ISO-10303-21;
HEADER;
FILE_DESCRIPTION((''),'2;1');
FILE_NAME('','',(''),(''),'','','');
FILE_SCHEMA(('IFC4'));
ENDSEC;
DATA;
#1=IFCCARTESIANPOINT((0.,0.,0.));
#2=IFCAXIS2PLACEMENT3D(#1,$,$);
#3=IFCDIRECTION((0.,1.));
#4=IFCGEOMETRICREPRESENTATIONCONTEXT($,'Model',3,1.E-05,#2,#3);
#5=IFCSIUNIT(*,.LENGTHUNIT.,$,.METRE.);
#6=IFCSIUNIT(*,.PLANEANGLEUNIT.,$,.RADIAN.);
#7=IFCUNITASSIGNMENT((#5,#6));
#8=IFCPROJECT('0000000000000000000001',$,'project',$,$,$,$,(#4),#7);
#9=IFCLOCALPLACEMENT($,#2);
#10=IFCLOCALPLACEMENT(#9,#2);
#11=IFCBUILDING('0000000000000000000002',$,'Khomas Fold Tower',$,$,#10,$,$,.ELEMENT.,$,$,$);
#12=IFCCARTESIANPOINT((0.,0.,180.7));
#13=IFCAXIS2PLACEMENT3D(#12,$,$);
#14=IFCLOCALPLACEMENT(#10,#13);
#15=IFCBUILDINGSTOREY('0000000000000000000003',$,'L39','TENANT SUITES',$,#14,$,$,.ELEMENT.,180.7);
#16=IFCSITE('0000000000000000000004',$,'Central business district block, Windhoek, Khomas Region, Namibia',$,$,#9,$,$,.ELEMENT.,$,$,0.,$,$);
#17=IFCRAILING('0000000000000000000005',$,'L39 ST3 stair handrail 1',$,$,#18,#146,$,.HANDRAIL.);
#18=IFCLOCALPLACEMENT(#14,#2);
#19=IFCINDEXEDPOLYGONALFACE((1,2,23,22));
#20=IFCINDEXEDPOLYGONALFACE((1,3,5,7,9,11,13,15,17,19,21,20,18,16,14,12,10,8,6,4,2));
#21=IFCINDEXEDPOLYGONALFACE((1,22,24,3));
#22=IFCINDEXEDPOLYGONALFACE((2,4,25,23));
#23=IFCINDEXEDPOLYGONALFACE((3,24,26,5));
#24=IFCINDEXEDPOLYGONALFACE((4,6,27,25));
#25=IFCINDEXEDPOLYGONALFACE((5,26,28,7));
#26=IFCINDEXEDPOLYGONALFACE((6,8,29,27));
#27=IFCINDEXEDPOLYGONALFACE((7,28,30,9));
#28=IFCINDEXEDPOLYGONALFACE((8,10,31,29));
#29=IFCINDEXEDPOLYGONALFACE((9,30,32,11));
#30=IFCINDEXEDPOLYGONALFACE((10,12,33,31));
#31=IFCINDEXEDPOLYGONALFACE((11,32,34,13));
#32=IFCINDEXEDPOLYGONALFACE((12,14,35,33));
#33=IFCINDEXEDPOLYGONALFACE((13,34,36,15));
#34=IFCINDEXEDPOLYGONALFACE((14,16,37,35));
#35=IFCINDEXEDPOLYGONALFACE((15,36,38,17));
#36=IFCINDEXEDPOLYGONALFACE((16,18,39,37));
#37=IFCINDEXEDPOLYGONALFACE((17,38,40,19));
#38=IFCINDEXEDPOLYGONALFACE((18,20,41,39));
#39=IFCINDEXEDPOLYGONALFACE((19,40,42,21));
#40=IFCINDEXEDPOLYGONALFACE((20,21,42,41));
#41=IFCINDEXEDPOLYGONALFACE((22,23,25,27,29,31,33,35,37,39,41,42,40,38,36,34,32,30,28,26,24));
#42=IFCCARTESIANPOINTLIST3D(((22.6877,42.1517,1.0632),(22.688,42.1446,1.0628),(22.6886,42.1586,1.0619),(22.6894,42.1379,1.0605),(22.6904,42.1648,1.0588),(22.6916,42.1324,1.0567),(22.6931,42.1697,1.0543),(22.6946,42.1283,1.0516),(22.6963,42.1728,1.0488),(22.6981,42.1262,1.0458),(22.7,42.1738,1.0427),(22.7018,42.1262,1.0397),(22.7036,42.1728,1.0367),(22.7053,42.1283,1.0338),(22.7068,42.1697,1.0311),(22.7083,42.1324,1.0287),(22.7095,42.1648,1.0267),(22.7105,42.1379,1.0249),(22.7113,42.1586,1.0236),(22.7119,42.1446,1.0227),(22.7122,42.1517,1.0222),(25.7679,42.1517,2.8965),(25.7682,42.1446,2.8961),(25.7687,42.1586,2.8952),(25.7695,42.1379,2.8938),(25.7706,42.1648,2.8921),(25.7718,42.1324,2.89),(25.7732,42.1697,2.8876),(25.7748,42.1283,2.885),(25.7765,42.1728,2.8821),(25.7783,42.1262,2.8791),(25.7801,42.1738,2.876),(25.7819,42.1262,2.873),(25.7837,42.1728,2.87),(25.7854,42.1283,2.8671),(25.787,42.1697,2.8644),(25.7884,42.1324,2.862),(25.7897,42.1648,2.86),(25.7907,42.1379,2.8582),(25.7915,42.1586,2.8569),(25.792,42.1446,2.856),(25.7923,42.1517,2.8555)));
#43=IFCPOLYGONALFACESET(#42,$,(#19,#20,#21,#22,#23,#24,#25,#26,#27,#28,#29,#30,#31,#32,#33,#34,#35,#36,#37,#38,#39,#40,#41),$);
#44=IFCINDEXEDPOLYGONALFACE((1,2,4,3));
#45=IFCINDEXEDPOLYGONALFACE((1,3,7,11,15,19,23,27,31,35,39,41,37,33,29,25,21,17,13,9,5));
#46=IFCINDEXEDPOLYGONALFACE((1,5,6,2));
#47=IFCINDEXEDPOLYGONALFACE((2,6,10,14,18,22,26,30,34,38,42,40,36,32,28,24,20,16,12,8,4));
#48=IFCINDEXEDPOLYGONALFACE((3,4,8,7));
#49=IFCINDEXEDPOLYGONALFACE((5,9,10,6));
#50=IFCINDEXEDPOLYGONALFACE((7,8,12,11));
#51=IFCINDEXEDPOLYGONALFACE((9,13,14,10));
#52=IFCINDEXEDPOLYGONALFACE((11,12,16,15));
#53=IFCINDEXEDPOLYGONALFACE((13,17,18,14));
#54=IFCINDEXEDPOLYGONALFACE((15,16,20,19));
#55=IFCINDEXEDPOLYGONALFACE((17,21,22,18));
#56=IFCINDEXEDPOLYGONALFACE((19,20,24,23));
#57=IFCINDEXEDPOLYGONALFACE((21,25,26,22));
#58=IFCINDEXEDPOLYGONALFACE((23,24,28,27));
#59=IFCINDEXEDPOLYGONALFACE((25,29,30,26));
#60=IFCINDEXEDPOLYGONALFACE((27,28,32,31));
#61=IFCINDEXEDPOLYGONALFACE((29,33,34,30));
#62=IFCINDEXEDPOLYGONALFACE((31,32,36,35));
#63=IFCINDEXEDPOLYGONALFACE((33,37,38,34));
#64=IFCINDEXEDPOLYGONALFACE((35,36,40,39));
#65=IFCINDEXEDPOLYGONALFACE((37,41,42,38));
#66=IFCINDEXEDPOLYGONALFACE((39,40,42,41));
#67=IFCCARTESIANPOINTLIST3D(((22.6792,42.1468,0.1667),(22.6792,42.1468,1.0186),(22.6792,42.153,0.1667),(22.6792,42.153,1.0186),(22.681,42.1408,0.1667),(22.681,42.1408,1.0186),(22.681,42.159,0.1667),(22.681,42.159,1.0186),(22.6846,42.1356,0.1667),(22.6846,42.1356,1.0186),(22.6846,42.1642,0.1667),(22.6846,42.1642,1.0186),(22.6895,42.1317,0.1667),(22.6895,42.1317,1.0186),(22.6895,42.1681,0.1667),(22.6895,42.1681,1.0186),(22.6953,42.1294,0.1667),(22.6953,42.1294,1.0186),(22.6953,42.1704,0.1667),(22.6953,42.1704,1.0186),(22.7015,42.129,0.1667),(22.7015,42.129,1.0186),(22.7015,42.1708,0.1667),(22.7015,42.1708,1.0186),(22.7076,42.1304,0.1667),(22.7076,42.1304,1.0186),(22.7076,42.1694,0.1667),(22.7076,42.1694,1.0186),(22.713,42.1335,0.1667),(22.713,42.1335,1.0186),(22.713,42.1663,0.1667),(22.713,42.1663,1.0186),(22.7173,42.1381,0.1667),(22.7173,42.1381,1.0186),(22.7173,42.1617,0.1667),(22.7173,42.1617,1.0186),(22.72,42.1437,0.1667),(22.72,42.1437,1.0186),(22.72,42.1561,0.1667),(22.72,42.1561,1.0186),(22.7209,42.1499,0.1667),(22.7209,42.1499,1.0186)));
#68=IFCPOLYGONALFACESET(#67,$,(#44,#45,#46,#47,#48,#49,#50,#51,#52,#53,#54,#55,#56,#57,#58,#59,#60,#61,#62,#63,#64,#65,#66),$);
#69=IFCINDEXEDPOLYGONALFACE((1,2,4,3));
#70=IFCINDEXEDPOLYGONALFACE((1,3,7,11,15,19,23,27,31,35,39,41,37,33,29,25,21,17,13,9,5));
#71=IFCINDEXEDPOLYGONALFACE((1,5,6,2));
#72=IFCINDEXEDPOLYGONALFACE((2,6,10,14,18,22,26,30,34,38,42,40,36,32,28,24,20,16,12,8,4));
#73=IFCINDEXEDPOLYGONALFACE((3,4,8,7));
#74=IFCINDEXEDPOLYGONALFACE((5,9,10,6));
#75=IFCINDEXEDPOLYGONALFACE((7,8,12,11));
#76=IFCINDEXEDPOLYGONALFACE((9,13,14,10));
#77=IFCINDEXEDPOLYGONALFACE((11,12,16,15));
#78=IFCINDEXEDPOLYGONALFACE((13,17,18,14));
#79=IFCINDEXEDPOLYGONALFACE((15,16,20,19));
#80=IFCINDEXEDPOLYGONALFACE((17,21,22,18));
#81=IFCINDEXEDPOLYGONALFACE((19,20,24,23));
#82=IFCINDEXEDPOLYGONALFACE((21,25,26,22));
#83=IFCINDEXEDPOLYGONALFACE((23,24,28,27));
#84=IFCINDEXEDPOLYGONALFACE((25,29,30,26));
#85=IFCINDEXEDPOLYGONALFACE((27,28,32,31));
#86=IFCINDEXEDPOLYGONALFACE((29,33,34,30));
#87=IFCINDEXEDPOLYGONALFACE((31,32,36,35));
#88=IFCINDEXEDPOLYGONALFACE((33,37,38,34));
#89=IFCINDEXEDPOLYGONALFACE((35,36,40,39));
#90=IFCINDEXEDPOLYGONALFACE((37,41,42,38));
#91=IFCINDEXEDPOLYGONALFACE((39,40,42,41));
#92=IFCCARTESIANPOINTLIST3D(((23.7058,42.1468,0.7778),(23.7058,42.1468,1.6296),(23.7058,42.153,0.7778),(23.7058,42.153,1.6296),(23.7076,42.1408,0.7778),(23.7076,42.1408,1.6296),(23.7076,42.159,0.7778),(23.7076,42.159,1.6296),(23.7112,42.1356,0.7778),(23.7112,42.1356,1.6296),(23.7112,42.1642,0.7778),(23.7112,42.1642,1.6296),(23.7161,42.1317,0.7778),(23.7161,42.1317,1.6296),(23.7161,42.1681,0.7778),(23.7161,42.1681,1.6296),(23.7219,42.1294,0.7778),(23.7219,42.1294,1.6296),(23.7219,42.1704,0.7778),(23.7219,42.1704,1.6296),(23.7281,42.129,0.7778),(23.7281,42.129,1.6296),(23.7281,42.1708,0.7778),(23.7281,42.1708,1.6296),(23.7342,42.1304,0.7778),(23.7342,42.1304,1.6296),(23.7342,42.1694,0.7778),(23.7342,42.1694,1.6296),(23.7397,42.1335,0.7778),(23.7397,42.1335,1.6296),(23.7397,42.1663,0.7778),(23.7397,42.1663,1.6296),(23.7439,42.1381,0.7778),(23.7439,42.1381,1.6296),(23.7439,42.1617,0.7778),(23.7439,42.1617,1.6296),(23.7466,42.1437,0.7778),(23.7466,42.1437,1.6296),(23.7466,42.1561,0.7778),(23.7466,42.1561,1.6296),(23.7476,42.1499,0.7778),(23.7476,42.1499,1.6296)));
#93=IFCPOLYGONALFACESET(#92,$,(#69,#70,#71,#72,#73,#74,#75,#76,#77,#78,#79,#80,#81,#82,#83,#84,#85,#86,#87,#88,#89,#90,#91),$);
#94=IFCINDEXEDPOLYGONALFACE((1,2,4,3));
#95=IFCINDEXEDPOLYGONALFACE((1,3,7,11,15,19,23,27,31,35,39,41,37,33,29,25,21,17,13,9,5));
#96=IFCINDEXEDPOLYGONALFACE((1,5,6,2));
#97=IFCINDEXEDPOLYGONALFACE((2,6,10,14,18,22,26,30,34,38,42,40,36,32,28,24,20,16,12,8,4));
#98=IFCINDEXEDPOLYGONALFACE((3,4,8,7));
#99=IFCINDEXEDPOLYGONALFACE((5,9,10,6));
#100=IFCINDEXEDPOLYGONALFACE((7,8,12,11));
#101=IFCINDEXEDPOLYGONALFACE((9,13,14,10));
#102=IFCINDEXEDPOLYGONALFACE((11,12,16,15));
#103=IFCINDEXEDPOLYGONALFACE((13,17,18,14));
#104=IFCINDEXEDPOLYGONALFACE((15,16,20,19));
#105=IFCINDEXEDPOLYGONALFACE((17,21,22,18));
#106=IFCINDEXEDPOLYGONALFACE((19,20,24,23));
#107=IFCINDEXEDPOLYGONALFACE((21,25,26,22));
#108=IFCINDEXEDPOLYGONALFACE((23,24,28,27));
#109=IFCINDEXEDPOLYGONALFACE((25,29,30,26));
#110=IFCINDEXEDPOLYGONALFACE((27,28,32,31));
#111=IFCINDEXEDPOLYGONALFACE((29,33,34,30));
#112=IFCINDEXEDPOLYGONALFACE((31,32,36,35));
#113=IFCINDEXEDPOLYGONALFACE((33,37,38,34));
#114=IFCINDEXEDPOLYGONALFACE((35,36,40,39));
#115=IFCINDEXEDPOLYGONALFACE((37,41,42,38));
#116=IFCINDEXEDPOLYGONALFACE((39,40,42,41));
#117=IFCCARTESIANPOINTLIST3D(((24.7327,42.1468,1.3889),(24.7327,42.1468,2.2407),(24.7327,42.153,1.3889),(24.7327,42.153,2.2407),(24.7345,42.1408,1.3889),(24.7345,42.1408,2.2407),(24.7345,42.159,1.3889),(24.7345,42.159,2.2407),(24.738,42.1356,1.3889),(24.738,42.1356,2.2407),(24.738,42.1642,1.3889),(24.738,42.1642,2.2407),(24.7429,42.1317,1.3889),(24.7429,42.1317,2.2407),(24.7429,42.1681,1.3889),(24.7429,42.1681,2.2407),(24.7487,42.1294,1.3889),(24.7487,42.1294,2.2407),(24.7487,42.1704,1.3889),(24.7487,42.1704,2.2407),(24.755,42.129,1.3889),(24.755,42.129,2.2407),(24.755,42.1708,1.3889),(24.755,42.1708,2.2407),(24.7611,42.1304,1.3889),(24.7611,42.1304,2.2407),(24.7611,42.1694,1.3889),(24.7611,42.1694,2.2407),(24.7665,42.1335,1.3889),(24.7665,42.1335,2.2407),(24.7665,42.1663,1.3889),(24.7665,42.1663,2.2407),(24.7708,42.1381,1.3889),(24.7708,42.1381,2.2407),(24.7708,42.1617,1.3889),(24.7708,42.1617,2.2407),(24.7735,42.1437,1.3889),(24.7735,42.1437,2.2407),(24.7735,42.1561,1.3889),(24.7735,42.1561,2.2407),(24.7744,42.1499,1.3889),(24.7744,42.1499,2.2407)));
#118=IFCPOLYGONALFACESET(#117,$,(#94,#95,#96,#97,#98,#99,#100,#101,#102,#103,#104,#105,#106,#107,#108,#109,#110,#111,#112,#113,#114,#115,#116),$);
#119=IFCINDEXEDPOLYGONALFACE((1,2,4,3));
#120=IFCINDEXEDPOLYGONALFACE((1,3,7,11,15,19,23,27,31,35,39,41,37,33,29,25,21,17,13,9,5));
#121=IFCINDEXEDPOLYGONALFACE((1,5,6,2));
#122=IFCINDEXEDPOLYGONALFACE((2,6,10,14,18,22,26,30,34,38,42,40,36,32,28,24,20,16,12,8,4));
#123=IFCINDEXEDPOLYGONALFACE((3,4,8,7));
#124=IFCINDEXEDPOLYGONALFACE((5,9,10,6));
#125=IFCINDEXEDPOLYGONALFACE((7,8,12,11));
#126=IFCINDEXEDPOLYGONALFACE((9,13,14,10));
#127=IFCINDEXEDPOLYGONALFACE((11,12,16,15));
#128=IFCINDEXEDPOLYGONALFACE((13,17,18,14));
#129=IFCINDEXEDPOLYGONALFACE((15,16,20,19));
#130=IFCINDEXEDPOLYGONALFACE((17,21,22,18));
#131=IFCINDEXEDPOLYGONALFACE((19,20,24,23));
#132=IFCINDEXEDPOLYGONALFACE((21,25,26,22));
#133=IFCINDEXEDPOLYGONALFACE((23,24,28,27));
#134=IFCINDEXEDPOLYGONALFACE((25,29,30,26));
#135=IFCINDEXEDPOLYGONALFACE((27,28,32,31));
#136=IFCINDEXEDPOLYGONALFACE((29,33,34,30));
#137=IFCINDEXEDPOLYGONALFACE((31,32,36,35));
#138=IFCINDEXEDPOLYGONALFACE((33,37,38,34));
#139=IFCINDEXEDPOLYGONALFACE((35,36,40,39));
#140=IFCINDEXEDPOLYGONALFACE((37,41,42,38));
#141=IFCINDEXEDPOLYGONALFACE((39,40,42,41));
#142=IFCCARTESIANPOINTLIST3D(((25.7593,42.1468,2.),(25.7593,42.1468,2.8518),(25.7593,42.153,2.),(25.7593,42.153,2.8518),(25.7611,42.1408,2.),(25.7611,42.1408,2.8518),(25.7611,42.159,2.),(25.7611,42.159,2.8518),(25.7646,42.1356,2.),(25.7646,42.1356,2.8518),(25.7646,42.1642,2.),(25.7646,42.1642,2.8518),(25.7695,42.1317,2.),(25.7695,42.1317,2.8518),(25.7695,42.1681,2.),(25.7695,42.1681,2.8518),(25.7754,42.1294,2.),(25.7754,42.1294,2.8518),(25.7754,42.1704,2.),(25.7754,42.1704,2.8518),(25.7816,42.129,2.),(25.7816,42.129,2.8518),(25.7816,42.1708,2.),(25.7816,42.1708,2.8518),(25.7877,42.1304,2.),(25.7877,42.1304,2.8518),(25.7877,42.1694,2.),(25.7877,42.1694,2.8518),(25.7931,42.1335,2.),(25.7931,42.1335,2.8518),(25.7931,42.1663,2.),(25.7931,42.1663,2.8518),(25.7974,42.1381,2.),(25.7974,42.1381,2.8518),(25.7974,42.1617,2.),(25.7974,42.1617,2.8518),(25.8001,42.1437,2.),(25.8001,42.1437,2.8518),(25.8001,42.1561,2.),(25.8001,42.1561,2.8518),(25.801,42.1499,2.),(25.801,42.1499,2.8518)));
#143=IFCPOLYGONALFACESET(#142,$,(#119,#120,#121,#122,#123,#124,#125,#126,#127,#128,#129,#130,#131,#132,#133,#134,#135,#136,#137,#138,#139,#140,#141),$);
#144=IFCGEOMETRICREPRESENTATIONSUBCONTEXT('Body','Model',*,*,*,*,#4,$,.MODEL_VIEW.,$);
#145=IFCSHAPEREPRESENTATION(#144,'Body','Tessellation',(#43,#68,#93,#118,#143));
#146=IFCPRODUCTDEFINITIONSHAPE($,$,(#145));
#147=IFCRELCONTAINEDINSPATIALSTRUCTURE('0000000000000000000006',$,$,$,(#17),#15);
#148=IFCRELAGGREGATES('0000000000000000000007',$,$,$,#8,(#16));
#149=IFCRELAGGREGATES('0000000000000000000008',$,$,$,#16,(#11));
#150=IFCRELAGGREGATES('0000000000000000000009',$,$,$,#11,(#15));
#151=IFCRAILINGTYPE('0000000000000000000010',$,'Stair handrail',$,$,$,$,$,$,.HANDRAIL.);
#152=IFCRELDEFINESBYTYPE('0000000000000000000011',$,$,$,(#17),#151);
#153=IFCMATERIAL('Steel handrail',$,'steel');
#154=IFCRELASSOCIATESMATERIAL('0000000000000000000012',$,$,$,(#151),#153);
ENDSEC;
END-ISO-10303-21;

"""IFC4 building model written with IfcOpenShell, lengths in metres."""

from ifc_helpers import new_model, si_unit, direction, frame, origin, origin_2d, place, context, subcontext, project, spatial, circle, extrude, source, transform, mapped, material, type_object, element, save


model = new_model("IFC4")

# Units and contexts
model_context = context("Model", 3, precision=1e-05, world=origin(), true_north=direction((0.0, 1.0)))
body_context = subcontext(model_context, "Body", "Model", "MODEL_VIEW")
ifc_project = project(units=[si_unit("LENGTHUNIT", "METRE"), si_unit("PLANEANGLEUNIT", "RADIAN")], contexts=[model_context])

# Site, building, storey
site_placement = place(None, origin())
site = spatial("IfcSite", under=ifc_project, at=site_placement, Name="Central business district block, Windhoek, Khomas Region, Namibia", CompositionType="ELEMENT", RefElevation=0.0)
building_placement = place(site_placement, origin())
building = spatial("IfcBuilding", under=site, at=building_placement, Name="Khomas Fold Tower", CompositionType="ELEMENT")
storey_placement = place(building_placement, frame((0.0, 0.0, 180.7)))
storey = spatial("IfcBuildingStorey", under=building, at=storey_placement, Name="L39", Description="TENANT SUITES", CompositionType="ELEMENT", Elevation=180.7)

# Railing
ifc_material_1 = material(Name="Steel handrail", Category="steel")
railing_type_1 = type_object("IfcRailingType", Name="Stair handrail", PredefinedType="HANDRAIL", material=ifc_material_1)
shared_shape_1 = source(origin(), body_context, "Body", "SweptSolid", [
    extrude(circle(Radius=0.0239, at=origin_2d()), frame((0.0, 0.0, 0.876), z_axis=(0.859309, 0.0, 0.511458), x_axis=(0.0, 1.0, 0.0)), (0.0, 0.0, 1.0), 3.5845),
    extrude(circle(Radius=0.021, at=origin_2d()), origin(), (0.0, 0.0, 1.0), 0.8518),
    extrude(circle(Radius=0.021, at=origin_2d()), frame((1.0266, 0.0, 0.6111)), (0.0, 0.0, 1.0), 0.8518),
    extrude(circle(Radius=0.021, at=origin_2d()), frame((2.0535, 0.0, 1.2222)), (0.0, 0.0, 1.0), 0.8518),
    extrude(circle(Radius=0.021, at=origin_2d()), frame((3.0801, 0.0, 1.8333)), (0.0, 0.0, 1.0), 0.8518),
])
railing_1_placement = place(storey_placement, frame((22.7, 42.1499, 0.1667)))
element("IfcRailing", 1, at=railing_1_placement, inside=storey, type_object=railing_type_1, Name="L39 ST3 stair handrail 1", PredefinedType="HANDRAIL", context=body_context, shape_type="MappedRepresentation", body=[
    mapped(shared_shape_1, transform((0.0, 0.0, 0.0))),
])

save(model, "model.ifc")
